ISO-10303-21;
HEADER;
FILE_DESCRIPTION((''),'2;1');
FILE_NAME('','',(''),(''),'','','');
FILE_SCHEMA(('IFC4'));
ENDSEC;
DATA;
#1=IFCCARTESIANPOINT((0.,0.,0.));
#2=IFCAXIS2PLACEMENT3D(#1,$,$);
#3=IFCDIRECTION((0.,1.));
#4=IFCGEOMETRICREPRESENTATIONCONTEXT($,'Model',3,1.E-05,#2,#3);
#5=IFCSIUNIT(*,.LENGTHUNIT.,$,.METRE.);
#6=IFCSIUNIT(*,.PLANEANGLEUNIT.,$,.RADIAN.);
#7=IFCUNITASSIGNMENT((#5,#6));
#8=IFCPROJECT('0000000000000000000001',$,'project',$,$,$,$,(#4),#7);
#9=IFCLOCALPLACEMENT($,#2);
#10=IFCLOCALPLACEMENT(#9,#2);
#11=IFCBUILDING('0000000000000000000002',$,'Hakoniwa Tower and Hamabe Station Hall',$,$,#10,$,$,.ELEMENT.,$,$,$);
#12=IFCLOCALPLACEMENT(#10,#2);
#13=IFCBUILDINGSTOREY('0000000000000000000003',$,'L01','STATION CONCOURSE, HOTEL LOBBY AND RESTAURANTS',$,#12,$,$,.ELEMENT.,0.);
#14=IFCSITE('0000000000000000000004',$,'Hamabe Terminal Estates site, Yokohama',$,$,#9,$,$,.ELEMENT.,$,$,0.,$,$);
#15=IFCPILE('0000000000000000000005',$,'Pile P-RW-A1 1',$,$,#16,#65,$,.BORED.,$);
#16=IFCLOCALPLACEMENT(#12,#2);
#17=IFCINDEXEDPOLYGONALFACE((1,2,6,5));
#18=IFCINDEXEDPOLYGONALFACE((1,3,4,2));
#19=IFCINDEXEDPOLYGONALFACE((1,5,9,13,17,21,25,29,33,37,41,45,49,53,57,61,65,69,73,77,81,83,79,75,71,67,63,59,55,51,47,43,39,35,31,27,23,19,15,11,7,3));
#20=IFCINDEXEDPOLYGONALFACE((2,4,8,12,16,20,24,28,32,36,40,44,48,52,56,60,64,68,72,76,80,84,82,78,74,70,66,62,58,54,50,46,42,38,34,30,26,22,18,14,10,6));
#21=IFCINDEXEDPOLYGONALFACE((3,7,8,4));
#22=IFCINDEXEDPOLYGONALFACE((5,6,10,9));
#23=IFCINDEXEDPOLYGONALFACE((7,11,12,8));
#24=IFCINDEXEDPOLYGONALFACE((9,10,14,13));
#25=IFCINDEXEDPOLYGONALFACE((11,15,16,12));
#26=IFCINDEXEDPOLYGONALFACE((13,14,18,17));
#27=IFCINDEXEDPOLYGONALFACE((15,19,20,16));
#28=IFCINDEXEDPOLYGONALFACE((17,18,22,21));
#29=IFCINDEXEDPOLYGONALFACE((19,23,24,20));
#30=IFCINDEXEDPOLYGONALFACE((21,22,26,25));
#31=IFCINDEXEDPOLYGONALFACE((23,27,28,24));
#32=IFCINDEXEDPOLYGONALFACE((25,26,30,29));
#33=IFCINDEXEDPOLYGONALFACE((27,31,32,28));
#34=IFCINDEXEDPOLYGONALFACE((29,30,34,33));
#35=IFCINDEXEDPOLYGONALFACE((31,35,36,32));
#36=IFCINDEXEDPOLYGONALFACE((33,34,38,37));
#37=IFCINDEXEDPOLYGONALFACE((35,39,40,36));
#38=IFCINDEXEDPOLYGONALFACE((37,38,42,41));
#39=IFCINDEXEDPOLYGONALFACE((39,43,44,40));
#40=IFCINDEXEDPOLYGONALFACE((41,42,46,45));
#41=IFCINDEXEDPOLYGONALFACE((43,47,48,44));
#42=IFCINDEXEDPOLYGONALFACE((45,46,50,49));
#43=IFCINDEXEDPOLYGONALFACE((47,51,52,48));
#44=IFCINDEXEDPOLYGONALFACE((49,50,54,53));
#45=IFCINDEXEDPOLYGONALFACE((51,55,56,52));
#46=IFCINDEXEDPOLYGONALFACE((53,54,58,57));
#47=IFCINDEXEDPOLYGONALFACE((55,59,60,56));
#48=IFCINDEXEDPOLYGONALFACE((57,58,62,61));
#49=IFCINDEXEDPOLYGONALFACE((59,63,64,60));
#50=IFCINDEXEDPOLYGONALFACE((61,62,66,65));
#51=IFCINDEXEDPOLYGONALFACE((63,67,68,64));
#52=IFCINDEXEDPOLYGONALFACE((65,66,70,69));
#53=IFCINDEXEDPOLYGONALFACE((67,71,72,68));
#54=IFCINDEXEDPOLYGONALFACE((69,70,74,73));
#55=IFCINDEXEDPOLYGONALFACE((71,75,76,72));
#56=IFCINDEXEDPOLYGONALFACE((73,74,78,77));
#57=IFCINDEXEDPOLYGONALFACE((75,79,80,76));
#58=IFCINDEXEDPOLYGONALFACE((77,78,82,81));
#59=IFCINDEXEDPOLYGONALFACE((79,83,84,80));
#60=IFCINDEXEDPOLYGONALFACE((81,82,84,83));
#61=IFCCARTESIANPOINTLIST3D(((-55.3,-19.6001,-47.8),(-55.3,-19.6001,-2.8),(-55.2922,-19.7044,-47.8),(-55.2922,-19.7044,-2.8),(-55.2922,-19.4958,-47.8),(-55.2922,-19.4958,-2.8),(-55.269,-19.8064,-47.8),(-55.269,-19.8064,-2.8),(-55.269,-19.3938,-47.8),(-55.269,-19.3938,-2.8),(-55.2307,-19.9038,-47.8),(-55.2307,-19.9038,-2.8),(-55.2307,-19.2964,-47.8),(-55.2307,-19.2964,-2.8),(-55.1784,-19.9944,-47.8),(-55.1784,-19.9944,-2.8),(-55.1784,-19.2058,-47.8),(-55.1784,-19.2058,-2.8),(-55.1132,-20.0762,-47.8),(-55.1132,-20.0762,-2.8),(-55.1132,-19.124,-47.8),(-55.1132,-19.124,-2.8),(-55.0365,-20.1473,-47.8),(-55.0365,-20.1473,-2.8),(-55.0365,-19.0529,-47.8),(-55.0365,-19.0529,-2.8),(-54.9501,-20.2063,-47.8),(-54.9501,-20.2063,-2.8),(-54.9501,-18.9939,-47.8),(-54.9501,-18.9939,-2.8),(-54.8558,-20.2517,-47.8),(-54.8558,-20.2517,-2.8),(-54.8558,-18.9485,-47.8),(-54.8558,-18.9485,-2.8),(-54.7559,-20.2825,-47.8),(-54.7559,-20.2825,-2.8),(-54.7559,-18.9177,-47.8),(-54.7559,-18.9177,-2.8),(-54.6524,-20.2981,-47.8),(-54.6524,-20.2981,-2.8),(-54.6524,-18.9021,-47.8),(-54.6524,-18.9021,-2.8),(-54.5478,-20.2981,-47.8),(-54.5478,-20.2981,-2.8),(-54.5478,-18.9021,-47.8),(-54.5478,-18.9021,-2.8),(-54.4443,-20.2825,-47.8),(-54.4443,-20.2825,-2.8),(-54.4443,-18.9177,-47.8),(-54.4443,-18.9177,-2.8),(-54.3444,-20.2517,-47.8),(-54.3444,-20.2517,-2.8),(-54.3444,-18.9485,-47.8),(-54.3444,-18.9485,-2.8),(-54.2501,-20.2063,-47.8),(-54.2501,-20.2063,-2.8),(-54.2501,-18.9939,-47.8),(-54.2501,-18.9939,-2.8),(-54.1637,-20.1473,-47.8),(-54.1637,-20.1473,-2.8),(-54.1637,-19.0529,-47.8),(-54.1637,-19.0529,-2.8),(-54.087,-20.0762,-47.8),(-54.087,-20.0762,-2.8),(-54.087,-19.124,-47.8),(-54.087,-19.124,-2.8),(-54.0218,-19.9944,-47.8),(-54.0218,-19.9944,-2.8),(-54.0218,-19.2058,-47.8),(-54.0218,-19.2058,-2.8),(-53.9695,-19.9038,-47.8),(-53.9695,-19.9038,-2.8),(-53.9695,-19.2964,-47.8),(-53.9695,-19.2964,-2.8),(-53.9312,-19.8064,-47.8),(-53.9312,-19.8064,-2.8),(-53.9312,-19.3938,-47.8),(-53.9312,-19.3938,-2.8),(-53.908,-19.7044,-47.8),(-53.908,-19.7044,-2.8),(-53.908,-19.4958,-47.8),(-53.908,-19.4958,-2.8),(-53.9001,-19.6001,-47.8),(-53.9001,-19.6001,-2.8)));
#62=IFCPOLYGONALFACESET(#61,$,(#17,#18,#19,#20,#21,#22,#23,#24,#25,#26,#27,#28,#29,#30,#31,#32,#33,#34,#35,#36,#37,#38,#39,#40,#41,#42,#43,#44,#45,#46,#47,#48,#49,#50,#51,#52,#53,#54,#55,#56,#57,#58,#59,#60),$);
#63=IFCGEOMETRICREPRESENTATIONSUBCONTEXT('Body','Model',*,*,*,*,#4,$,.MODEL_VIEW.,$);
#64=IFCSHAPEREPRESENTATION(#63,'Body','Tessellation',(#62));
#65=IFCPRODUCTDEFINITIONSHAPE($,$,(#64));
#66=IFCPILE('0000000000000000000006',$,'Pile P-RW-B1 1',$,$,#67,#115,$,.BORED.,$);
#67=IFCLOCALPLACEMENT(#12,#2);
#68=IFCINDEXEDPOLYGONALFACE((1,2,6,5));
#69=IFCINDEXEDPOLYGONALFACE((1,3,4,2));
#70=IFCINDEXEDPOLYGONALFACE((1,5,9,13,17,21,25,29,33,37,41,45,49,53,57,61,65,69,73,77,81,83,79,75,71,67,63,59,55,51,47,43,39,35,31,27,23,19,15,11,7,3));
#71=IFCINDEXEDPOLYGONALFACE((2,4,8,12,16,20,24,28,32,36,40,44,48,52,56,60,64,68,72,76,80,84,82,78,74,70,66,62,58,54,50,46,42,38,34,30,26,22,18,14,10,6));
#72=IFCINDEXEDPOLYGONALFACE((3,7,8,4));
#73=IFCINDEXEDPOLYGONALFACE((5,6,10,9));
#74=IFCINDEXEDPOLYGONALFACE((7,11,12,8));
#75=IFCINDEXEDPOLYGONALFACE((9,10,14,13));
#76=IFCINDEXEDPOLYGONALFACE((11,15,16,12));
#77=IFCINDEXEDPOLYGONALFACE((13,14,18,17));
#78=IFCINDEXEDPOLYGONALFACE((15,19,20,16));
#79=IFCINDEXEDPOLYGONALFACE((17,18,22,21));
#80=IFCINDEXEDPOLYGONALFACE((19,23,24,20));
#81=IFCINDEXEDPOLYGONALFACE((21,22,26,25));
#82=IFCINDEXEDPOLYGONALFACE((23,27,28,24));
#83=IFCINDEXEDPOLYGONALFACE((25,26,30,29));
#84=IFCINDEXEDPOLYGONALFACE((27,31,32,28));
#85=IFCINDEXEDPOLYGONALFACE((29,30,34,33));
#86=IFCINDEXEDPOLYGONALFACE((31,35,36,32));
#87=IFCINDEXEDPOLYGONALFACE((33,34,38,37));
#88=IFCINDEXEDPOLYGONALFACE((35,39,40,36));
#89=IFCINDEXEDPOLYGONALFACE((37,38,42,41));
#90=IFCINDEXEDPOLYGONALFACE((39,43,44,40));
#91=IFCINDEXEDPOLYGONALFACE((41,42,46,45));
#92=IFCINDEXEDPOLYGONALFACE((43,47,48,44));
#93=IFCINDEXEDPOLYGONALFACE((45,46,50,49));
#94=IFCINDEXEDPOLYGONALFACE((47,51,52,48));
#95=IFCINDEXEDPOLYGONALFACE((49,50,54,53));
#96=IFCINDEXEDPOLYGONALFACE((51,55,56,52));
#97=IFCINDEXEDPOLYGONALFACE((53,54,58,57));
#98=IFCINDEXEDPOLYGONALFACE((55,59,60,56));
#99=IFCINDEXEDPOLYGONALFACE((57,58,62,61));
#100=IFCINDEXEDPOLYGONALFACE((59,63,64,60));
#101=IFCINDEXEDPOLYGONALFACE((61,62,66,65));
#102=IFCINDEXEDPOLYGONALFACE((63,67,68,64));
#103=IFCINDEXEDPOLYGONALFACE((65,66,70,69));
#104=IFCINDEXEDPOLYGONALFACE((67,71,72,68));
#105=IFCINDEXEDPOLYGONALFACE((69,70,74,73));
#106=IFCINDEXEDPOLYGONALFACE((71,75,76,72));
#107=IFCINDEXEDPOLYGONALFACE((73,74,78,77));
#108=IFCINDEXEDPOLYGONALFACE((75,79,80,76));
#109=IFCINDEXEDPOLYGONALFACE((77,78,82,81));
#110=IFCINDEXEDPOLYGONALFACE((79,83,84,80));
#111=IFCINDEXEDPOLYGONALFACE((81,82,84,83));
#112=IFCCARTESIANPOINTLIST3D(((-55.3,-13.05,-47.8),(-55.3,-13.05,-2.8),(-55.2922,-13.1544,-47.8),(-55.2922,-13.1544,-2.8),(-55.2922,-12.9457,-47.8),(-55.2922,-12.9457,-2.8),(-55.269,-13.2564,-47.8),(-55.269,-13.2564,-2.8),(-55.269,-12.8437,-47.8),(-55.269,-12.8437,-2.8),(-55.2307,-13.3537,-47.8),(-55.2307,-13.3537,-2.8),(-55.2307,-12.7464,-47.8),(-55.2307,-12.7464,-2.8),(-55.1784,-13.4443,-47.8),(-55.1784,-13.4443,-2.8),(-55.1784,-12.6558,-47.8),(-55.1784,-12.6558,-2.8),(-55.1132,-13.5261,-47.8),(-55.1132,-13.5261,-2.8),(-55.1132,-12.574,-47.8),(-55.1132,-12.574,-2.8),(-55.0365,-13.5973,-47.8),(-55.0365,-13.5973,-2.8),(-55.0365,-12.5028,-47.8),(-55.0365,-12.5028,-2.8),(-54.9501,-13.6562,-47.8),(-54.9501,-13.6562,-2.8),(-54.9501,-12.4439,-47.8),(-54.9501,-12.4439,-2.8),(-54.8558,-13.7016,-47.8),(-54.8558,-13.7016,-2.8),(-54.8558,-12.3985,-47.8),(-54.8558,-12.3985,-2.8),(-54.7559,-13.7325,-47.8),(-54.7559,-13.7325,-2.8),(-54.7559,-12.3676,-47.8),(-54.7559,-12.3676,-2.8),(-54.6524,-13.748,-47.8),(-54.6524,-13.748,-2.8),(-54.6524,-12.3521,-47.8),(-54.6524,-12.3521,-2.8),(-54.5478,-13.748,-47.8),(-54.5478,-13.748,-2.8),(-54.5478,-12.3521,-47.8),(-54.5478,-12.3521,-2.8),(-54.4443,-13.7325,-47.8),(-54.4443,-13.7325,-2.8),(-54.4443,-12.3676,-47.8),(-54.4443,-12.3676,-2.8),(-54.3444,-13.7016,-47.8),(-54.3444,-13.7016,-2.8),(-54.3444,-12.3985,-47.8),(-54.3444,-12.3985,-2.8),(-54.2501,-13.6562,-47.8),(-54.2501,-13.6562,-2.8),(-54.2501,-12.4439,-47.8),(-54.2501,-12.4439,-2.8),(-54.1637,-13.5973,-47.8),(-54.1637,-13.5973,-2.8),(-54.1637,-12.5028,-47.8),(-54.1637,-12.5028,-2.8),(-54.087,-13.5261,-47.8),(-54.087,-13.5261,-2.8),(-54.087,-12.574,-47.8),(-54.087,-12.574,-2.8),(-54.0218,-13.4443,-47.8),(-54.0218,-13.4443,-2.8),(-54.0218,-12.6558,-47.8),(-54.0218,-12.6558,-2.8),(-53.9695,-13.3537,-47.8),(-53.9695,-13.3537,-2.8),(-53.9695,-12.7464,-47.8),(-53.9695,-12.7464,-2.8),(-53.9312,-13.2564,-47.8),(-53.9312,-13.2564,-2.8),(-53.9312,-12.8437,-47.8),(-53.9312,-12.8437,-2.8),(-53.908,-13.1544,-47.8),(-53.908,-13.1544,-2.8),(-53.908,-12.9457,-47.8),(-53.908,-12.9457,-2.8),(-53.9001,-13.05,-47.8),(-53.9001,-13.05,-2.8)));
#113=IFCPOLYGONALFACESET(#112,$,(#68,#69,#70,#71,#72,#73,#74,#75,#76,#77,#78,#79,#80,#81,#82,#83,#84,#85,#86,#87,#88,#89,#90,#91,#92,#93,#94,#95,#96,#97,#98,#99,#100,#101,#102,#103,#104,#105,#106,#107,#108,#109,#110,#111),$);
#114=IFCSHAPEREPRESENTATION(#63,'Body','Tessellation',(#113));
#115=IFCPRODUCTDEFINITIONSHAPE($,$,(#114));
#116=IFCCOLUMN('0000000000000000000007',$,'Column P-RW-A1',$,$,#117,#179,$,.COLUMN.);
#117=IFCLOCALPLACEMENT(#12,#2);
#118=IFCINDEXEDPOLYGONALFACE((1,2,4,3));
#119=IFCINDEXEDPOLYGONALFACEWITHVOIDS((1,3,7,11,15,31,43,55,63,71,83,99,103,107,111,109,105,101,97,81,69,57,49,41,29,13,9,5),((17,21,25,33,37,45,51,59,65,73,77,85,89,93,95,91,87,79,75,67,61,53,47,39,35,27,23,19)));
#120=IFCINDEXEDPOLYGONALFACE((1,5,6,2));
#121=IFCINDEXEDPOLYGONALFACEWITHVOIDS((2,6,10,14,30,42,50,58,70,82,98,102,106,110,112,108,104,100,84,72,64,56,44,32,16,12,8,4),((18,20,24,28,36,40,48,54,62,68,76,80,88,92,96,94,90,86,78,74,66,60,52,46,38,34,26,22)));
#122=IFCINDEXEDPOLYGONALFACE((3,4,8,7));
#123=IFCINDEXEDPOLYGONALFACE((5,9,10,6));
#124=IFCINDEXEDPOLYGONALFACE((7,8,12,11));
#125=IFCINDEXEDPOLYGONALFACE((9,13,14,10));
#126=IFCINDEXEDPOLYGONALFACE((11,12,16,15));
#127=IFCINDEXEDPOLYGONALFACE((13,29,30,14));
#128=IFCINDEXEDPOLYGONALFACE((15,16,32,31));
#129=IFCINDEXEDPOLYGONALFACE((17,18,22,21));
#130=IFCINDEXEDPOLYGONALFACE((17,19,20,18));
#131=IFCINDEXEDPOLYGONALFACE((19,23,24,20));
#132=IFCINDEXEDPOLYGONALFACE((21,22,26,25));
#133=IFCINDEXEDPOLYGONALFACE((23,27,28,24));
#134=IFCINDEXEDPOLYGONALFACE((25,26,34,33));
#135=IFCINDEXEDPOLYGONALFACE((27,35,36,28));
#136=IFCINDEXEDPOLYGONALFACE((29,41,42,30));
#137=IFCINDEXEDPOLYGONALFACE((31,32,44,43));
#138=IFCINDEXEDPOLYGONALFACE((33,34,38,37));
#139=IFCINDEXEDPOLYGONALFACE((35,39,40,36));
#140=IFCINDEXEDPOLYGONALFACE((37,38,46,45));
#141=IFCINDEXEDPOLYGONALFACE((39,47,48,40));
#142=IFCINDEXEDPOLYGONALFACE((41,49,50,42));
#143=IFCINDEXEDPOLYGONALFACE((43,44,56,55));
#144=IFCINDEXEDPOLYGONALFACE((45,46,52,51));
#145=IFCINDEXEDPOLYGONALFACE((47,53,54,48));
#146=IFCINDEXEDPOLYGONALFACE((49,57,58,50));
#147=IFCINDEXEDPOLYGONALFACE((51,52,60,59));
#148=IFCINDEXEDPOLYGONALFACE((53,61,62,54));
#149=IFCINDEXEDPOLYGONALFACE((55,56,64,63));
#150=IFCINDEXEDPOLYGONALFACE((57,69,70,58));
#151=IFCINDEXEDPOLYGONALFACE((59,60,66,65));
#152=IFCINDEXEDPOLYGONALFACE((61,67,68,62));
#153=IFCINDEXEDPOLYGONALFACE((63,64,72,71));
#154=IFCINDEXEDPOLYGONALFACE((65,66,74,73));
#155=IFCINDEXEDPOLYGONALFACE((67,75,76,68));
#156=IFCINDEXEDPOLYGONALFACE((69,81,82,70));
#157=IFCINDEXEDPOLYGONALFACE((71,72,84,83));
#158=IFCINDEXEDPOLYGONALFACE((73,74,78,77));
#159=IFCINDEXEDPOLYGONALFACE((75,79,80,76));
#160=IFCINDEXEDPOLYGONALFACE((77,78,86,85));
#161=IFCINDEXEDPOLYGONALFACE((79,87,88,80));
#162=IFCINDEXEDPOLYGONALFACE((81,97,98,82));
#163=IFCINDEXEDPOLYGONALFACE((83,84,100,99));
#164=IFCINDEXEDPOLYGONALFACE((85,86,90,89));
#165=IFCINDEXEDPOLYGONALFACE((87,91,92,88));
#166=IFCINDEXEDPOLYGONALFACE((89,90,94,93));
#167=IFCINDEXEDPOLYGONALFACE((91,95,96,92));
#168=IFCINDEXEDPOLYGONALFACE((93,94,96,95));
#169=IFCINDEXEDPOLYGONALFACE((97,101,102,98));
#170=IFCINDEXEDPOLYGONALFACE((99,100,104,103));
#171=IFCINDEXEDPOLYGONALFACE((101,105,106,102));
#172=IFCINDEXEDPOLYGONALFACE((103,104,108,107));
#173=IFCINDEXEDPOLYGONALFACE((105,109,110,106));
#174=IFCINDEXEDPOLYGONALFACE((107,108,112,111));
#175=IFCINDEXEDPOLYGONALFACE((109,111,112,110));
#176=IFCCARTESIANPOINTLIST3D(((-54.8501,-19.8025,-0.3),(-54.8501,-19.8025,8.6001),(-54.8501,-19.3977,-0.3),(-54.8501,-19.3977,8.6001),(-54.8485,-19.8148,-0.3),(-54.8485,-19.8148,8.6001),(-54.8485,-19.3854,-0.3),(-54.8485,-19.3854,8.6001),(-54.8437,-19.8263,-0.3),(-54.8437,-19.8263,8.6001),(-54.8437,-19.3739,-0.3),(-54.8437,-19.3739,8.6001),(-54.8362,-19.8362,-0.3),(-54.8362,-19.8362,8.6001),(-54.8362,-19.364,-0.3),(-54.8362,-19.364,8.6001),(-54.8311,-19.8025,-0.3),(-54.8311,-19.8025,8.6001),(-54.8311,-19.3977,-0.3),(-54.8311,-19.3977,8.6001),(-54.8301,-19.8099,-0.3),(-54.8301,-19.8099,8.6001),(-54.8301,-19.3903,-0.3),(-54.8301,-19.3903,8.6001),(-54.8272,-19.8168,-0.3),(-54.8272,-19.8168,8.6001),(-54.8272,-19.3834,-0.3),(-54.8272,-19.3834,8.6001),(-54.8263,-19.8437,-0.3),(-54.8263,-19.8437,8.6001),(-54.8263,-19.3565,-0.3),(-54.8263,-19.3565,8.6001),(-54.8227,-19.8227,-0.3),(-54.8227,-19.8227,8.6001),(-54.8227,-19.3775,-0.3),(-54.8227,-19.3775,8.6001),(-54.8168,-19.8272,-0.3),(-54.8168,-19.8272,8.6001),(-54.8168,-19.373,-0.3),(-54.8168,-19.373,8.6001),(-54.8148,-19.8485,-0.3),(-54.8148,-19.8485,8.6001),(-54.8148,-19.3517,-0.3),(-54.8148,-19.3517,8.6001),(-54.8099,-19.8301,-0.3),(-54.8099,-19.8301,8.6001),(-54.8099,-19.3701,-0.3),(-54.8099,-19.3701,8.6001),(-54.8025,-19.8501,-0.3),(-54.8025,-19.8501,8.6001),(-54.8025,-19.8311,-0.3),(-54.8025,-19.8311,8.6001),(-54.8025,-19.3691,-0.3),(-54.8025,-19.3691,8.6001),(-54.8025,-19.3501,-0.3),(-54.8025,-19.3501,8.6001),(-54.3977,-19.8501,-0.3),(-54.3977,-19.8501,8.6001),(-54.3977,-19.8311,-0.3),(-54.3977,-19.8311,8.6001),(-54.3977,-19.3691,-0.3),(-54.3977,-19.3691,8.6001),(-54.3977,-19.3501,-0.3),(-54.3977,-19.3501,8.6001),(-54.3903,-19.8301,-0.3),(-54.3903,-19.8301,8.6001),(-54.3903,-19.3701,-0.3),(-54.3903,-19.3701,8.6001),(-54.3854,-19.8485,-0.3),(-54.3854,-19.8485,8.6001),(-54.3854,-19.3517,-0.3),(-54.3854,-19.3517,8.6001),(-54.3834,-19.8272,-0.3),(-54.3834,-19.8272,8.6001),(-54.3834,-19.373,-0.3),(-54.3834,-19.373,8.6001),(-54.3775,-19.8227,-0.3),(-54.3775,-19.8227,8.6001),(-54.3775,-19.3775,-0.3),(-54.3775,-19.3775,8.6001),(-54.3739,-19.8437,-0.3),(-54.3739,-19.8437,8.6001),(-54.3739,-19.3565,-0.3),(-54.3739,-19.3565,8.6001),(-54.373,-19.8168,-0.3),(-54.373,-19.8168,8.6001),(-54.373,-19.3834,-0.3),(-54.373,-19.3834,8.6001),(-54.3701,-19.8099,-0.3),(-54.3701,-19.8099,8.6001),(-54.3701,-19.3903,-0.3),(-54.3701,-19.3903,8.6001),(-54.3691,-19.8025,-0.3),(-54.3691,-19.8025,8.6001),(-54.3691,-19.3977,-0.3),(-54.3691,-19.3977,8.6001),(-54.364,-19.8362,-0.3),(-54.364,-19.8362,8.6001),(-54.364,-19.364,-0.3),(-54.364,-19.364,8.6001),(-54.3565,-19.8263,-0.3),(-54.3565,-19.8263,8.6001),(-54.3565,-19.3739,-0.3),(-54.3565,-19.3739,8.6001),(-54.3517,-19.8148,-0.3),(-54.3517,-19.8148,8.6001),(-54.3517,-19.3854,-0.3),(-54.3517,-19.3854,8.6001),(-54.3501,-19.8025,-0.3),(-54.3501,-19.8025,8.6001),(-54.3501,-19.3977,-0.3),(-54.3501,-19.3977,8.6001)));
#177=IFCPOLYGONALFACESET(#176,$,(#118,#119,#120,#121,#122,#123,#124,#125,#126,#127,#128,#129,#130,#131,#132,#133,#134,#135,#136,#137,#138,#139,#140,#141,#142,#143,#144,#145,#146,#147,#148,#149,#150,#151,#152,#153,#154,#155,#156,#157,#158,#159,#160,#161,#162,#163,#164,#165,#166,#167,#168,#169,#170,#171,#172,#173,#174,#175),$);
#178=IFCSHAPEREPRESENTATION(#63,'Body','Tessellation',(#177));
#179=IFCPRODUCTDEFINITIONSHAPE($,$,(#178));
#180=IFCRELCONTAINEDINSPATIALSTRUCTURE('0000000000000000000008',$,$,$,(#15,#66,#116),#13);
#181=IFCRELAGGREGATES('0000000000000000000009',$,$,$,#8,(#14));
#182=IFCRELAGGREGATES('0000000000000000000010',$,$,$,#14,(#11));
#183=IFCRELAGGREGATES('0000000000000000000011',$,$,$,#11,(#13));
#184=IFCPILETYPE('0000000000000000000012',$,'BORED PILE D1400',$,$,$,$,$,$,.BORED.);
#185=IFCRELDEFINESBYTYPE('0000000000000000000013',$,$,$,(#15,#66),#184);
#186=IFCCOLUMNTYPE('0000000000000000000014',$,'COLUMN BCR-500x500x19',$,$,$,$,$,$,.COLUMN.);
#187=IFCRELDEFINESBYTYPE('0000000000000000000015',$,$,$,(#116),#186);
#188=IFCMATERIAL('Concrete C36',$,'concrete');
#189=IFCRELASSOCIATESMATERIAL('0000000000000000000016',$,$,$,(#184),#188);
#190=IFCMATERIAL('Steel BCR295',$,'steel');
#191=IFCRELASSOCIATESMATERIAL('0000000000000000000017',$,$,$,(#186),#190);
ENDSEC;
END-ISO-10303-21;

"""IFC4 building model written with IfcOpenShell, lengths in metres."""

from ifc_helpers import new_model, si_unit, direction, frame, origin, origin_2d, place, context, subcontext, project, spatial, hollow_rectangle, circle, extrude, material, material_profile, profile_set, type_object, element, save


model = new_model("IFC4")

# Units and contexts
model_context = context("Model", 3, precision=1e-05, world=origin(), true_north=direction((0.0, 1.0)))
body_context = subcontext(model_context, "Body", "Model", "MODEL_VIEW")
ifc_project = project(units=[si_unit("LENGTHUNIT", "METRE"), si_unit("PLANEANGLEUNIT", "RADIAN")], contexts=[model_context])

# Site, building, storey
site_placement = place(None, origin())
site = spatial("IfcSite", under=ifc_project, at=site_placement, Name="Hamabe Terminal Estates site, Yokohama", CompositionType="ELEMENT", RefElevation=0.0)
building_placement = place(site_placement, origin())
building = spatial("IfcBuilding", under=site, at=building_placement, Name="Hakoniwa Tower and Hamabe Station Hall", CompositionType="ELEMENT")
storey_placement = place(building_placement, origin())
storey = spatial("IfcBuildingStorey", under=building, at=storey_placement, Name="L01", Description="STATION CONCOURSE, HOTEL LOBBY AND RESTAURANTS", CompositionType="ELEMENT", Elevation=0.0)

# Piles
ifc_material_1 = material(Name="Concrete C36", Category="concrete")
ifc_material_profile_1 = material_profile(ifc_material_1, circle(Radius=0.7, at=origin_2d()), Name="BORED PILE D1400")
ifc_profile_set_1 = profile_set([ifc_material_profile_1], Name="Concrete C36")
pile_type = type_object("IfcPileType", Name="BORED PILE D1400", PredefinedType="BORED", material=ifc_profile_set_1)
for number, where, z_axis, x_axis, name in (
    (1, (-54.6001, -19.6001, -2.8), (0.0, 0.0, -1.0), (1.0, 0.0, 0.0), "Pile P-RW-A1 1"),
    (2, (-54.6001, -13.05, -2.8), (0.0, 0.0, -1.0), (1.0, 0.0, 0.0), "Pile P-RW-B1 1"),
):
    element("IfcPile", number, at=place(storey_placement, frame(where, z_axis=z_axis, x_axis=x_axis)), inside=storey, type_object=pile_type, Name=name, PredefinedType="BORED", context=body_context, shape_type="SweptSolid", body=[
        extrude(circle(Radius=0.7, at=origin_2d()), origin(), (0.0, 0.0, 1.0), 45.0),
    ])

# Column
ifc_material_2 = material(Name="Steel BCR295", Category="steel")
ifc_material_profile_2 = material_profile(ifc_material_2, hollow_rectangle(XDim=0.5, YDim=0.5, WallThickness=0.019, InnerFilletRadius=0.0286, OuterFilletRadius=0.0476, at=origin_2d()), Name="BCR-500x500x19")
ifc_profile_set_2 = profile_set([ifc_material_profile_2], Name="Steel BCR295")
column_type_1 = type_object("IfcColumnType", Name="COLUMN BCR-500x500x19", PredefinedType="COLUMN", material=ifc_profile_set_2)
for number, where, z_axis, x_axis, name in (
    (3, (-54.6001, -19.6001, -0.3), (0.0, 0.0, 1.0), (1.0, 0.0, 0.0), "Column P-RW-A1"),
):
    element("IfcColumn", number, at=place(storey_placement, frame(where, z_axis=z_axis, x_axis=x_axis)), inside=storey, type_object=column_type_1, Name=name, PredefinedType="COLUMN", context=body_context, shape_type="SweptSolid", body=[
        extrude(hollow_rectangle(XDim=0.5, YDim=0.5, WallThickness=0.019, InnerFilletRadius=0.0286, OuterFilletRadius=0.0476, at=origin_2d()), origin(), (0.0, 0.0, 1.0), 8.9001),
    ])

save(model, "model.ifc")
